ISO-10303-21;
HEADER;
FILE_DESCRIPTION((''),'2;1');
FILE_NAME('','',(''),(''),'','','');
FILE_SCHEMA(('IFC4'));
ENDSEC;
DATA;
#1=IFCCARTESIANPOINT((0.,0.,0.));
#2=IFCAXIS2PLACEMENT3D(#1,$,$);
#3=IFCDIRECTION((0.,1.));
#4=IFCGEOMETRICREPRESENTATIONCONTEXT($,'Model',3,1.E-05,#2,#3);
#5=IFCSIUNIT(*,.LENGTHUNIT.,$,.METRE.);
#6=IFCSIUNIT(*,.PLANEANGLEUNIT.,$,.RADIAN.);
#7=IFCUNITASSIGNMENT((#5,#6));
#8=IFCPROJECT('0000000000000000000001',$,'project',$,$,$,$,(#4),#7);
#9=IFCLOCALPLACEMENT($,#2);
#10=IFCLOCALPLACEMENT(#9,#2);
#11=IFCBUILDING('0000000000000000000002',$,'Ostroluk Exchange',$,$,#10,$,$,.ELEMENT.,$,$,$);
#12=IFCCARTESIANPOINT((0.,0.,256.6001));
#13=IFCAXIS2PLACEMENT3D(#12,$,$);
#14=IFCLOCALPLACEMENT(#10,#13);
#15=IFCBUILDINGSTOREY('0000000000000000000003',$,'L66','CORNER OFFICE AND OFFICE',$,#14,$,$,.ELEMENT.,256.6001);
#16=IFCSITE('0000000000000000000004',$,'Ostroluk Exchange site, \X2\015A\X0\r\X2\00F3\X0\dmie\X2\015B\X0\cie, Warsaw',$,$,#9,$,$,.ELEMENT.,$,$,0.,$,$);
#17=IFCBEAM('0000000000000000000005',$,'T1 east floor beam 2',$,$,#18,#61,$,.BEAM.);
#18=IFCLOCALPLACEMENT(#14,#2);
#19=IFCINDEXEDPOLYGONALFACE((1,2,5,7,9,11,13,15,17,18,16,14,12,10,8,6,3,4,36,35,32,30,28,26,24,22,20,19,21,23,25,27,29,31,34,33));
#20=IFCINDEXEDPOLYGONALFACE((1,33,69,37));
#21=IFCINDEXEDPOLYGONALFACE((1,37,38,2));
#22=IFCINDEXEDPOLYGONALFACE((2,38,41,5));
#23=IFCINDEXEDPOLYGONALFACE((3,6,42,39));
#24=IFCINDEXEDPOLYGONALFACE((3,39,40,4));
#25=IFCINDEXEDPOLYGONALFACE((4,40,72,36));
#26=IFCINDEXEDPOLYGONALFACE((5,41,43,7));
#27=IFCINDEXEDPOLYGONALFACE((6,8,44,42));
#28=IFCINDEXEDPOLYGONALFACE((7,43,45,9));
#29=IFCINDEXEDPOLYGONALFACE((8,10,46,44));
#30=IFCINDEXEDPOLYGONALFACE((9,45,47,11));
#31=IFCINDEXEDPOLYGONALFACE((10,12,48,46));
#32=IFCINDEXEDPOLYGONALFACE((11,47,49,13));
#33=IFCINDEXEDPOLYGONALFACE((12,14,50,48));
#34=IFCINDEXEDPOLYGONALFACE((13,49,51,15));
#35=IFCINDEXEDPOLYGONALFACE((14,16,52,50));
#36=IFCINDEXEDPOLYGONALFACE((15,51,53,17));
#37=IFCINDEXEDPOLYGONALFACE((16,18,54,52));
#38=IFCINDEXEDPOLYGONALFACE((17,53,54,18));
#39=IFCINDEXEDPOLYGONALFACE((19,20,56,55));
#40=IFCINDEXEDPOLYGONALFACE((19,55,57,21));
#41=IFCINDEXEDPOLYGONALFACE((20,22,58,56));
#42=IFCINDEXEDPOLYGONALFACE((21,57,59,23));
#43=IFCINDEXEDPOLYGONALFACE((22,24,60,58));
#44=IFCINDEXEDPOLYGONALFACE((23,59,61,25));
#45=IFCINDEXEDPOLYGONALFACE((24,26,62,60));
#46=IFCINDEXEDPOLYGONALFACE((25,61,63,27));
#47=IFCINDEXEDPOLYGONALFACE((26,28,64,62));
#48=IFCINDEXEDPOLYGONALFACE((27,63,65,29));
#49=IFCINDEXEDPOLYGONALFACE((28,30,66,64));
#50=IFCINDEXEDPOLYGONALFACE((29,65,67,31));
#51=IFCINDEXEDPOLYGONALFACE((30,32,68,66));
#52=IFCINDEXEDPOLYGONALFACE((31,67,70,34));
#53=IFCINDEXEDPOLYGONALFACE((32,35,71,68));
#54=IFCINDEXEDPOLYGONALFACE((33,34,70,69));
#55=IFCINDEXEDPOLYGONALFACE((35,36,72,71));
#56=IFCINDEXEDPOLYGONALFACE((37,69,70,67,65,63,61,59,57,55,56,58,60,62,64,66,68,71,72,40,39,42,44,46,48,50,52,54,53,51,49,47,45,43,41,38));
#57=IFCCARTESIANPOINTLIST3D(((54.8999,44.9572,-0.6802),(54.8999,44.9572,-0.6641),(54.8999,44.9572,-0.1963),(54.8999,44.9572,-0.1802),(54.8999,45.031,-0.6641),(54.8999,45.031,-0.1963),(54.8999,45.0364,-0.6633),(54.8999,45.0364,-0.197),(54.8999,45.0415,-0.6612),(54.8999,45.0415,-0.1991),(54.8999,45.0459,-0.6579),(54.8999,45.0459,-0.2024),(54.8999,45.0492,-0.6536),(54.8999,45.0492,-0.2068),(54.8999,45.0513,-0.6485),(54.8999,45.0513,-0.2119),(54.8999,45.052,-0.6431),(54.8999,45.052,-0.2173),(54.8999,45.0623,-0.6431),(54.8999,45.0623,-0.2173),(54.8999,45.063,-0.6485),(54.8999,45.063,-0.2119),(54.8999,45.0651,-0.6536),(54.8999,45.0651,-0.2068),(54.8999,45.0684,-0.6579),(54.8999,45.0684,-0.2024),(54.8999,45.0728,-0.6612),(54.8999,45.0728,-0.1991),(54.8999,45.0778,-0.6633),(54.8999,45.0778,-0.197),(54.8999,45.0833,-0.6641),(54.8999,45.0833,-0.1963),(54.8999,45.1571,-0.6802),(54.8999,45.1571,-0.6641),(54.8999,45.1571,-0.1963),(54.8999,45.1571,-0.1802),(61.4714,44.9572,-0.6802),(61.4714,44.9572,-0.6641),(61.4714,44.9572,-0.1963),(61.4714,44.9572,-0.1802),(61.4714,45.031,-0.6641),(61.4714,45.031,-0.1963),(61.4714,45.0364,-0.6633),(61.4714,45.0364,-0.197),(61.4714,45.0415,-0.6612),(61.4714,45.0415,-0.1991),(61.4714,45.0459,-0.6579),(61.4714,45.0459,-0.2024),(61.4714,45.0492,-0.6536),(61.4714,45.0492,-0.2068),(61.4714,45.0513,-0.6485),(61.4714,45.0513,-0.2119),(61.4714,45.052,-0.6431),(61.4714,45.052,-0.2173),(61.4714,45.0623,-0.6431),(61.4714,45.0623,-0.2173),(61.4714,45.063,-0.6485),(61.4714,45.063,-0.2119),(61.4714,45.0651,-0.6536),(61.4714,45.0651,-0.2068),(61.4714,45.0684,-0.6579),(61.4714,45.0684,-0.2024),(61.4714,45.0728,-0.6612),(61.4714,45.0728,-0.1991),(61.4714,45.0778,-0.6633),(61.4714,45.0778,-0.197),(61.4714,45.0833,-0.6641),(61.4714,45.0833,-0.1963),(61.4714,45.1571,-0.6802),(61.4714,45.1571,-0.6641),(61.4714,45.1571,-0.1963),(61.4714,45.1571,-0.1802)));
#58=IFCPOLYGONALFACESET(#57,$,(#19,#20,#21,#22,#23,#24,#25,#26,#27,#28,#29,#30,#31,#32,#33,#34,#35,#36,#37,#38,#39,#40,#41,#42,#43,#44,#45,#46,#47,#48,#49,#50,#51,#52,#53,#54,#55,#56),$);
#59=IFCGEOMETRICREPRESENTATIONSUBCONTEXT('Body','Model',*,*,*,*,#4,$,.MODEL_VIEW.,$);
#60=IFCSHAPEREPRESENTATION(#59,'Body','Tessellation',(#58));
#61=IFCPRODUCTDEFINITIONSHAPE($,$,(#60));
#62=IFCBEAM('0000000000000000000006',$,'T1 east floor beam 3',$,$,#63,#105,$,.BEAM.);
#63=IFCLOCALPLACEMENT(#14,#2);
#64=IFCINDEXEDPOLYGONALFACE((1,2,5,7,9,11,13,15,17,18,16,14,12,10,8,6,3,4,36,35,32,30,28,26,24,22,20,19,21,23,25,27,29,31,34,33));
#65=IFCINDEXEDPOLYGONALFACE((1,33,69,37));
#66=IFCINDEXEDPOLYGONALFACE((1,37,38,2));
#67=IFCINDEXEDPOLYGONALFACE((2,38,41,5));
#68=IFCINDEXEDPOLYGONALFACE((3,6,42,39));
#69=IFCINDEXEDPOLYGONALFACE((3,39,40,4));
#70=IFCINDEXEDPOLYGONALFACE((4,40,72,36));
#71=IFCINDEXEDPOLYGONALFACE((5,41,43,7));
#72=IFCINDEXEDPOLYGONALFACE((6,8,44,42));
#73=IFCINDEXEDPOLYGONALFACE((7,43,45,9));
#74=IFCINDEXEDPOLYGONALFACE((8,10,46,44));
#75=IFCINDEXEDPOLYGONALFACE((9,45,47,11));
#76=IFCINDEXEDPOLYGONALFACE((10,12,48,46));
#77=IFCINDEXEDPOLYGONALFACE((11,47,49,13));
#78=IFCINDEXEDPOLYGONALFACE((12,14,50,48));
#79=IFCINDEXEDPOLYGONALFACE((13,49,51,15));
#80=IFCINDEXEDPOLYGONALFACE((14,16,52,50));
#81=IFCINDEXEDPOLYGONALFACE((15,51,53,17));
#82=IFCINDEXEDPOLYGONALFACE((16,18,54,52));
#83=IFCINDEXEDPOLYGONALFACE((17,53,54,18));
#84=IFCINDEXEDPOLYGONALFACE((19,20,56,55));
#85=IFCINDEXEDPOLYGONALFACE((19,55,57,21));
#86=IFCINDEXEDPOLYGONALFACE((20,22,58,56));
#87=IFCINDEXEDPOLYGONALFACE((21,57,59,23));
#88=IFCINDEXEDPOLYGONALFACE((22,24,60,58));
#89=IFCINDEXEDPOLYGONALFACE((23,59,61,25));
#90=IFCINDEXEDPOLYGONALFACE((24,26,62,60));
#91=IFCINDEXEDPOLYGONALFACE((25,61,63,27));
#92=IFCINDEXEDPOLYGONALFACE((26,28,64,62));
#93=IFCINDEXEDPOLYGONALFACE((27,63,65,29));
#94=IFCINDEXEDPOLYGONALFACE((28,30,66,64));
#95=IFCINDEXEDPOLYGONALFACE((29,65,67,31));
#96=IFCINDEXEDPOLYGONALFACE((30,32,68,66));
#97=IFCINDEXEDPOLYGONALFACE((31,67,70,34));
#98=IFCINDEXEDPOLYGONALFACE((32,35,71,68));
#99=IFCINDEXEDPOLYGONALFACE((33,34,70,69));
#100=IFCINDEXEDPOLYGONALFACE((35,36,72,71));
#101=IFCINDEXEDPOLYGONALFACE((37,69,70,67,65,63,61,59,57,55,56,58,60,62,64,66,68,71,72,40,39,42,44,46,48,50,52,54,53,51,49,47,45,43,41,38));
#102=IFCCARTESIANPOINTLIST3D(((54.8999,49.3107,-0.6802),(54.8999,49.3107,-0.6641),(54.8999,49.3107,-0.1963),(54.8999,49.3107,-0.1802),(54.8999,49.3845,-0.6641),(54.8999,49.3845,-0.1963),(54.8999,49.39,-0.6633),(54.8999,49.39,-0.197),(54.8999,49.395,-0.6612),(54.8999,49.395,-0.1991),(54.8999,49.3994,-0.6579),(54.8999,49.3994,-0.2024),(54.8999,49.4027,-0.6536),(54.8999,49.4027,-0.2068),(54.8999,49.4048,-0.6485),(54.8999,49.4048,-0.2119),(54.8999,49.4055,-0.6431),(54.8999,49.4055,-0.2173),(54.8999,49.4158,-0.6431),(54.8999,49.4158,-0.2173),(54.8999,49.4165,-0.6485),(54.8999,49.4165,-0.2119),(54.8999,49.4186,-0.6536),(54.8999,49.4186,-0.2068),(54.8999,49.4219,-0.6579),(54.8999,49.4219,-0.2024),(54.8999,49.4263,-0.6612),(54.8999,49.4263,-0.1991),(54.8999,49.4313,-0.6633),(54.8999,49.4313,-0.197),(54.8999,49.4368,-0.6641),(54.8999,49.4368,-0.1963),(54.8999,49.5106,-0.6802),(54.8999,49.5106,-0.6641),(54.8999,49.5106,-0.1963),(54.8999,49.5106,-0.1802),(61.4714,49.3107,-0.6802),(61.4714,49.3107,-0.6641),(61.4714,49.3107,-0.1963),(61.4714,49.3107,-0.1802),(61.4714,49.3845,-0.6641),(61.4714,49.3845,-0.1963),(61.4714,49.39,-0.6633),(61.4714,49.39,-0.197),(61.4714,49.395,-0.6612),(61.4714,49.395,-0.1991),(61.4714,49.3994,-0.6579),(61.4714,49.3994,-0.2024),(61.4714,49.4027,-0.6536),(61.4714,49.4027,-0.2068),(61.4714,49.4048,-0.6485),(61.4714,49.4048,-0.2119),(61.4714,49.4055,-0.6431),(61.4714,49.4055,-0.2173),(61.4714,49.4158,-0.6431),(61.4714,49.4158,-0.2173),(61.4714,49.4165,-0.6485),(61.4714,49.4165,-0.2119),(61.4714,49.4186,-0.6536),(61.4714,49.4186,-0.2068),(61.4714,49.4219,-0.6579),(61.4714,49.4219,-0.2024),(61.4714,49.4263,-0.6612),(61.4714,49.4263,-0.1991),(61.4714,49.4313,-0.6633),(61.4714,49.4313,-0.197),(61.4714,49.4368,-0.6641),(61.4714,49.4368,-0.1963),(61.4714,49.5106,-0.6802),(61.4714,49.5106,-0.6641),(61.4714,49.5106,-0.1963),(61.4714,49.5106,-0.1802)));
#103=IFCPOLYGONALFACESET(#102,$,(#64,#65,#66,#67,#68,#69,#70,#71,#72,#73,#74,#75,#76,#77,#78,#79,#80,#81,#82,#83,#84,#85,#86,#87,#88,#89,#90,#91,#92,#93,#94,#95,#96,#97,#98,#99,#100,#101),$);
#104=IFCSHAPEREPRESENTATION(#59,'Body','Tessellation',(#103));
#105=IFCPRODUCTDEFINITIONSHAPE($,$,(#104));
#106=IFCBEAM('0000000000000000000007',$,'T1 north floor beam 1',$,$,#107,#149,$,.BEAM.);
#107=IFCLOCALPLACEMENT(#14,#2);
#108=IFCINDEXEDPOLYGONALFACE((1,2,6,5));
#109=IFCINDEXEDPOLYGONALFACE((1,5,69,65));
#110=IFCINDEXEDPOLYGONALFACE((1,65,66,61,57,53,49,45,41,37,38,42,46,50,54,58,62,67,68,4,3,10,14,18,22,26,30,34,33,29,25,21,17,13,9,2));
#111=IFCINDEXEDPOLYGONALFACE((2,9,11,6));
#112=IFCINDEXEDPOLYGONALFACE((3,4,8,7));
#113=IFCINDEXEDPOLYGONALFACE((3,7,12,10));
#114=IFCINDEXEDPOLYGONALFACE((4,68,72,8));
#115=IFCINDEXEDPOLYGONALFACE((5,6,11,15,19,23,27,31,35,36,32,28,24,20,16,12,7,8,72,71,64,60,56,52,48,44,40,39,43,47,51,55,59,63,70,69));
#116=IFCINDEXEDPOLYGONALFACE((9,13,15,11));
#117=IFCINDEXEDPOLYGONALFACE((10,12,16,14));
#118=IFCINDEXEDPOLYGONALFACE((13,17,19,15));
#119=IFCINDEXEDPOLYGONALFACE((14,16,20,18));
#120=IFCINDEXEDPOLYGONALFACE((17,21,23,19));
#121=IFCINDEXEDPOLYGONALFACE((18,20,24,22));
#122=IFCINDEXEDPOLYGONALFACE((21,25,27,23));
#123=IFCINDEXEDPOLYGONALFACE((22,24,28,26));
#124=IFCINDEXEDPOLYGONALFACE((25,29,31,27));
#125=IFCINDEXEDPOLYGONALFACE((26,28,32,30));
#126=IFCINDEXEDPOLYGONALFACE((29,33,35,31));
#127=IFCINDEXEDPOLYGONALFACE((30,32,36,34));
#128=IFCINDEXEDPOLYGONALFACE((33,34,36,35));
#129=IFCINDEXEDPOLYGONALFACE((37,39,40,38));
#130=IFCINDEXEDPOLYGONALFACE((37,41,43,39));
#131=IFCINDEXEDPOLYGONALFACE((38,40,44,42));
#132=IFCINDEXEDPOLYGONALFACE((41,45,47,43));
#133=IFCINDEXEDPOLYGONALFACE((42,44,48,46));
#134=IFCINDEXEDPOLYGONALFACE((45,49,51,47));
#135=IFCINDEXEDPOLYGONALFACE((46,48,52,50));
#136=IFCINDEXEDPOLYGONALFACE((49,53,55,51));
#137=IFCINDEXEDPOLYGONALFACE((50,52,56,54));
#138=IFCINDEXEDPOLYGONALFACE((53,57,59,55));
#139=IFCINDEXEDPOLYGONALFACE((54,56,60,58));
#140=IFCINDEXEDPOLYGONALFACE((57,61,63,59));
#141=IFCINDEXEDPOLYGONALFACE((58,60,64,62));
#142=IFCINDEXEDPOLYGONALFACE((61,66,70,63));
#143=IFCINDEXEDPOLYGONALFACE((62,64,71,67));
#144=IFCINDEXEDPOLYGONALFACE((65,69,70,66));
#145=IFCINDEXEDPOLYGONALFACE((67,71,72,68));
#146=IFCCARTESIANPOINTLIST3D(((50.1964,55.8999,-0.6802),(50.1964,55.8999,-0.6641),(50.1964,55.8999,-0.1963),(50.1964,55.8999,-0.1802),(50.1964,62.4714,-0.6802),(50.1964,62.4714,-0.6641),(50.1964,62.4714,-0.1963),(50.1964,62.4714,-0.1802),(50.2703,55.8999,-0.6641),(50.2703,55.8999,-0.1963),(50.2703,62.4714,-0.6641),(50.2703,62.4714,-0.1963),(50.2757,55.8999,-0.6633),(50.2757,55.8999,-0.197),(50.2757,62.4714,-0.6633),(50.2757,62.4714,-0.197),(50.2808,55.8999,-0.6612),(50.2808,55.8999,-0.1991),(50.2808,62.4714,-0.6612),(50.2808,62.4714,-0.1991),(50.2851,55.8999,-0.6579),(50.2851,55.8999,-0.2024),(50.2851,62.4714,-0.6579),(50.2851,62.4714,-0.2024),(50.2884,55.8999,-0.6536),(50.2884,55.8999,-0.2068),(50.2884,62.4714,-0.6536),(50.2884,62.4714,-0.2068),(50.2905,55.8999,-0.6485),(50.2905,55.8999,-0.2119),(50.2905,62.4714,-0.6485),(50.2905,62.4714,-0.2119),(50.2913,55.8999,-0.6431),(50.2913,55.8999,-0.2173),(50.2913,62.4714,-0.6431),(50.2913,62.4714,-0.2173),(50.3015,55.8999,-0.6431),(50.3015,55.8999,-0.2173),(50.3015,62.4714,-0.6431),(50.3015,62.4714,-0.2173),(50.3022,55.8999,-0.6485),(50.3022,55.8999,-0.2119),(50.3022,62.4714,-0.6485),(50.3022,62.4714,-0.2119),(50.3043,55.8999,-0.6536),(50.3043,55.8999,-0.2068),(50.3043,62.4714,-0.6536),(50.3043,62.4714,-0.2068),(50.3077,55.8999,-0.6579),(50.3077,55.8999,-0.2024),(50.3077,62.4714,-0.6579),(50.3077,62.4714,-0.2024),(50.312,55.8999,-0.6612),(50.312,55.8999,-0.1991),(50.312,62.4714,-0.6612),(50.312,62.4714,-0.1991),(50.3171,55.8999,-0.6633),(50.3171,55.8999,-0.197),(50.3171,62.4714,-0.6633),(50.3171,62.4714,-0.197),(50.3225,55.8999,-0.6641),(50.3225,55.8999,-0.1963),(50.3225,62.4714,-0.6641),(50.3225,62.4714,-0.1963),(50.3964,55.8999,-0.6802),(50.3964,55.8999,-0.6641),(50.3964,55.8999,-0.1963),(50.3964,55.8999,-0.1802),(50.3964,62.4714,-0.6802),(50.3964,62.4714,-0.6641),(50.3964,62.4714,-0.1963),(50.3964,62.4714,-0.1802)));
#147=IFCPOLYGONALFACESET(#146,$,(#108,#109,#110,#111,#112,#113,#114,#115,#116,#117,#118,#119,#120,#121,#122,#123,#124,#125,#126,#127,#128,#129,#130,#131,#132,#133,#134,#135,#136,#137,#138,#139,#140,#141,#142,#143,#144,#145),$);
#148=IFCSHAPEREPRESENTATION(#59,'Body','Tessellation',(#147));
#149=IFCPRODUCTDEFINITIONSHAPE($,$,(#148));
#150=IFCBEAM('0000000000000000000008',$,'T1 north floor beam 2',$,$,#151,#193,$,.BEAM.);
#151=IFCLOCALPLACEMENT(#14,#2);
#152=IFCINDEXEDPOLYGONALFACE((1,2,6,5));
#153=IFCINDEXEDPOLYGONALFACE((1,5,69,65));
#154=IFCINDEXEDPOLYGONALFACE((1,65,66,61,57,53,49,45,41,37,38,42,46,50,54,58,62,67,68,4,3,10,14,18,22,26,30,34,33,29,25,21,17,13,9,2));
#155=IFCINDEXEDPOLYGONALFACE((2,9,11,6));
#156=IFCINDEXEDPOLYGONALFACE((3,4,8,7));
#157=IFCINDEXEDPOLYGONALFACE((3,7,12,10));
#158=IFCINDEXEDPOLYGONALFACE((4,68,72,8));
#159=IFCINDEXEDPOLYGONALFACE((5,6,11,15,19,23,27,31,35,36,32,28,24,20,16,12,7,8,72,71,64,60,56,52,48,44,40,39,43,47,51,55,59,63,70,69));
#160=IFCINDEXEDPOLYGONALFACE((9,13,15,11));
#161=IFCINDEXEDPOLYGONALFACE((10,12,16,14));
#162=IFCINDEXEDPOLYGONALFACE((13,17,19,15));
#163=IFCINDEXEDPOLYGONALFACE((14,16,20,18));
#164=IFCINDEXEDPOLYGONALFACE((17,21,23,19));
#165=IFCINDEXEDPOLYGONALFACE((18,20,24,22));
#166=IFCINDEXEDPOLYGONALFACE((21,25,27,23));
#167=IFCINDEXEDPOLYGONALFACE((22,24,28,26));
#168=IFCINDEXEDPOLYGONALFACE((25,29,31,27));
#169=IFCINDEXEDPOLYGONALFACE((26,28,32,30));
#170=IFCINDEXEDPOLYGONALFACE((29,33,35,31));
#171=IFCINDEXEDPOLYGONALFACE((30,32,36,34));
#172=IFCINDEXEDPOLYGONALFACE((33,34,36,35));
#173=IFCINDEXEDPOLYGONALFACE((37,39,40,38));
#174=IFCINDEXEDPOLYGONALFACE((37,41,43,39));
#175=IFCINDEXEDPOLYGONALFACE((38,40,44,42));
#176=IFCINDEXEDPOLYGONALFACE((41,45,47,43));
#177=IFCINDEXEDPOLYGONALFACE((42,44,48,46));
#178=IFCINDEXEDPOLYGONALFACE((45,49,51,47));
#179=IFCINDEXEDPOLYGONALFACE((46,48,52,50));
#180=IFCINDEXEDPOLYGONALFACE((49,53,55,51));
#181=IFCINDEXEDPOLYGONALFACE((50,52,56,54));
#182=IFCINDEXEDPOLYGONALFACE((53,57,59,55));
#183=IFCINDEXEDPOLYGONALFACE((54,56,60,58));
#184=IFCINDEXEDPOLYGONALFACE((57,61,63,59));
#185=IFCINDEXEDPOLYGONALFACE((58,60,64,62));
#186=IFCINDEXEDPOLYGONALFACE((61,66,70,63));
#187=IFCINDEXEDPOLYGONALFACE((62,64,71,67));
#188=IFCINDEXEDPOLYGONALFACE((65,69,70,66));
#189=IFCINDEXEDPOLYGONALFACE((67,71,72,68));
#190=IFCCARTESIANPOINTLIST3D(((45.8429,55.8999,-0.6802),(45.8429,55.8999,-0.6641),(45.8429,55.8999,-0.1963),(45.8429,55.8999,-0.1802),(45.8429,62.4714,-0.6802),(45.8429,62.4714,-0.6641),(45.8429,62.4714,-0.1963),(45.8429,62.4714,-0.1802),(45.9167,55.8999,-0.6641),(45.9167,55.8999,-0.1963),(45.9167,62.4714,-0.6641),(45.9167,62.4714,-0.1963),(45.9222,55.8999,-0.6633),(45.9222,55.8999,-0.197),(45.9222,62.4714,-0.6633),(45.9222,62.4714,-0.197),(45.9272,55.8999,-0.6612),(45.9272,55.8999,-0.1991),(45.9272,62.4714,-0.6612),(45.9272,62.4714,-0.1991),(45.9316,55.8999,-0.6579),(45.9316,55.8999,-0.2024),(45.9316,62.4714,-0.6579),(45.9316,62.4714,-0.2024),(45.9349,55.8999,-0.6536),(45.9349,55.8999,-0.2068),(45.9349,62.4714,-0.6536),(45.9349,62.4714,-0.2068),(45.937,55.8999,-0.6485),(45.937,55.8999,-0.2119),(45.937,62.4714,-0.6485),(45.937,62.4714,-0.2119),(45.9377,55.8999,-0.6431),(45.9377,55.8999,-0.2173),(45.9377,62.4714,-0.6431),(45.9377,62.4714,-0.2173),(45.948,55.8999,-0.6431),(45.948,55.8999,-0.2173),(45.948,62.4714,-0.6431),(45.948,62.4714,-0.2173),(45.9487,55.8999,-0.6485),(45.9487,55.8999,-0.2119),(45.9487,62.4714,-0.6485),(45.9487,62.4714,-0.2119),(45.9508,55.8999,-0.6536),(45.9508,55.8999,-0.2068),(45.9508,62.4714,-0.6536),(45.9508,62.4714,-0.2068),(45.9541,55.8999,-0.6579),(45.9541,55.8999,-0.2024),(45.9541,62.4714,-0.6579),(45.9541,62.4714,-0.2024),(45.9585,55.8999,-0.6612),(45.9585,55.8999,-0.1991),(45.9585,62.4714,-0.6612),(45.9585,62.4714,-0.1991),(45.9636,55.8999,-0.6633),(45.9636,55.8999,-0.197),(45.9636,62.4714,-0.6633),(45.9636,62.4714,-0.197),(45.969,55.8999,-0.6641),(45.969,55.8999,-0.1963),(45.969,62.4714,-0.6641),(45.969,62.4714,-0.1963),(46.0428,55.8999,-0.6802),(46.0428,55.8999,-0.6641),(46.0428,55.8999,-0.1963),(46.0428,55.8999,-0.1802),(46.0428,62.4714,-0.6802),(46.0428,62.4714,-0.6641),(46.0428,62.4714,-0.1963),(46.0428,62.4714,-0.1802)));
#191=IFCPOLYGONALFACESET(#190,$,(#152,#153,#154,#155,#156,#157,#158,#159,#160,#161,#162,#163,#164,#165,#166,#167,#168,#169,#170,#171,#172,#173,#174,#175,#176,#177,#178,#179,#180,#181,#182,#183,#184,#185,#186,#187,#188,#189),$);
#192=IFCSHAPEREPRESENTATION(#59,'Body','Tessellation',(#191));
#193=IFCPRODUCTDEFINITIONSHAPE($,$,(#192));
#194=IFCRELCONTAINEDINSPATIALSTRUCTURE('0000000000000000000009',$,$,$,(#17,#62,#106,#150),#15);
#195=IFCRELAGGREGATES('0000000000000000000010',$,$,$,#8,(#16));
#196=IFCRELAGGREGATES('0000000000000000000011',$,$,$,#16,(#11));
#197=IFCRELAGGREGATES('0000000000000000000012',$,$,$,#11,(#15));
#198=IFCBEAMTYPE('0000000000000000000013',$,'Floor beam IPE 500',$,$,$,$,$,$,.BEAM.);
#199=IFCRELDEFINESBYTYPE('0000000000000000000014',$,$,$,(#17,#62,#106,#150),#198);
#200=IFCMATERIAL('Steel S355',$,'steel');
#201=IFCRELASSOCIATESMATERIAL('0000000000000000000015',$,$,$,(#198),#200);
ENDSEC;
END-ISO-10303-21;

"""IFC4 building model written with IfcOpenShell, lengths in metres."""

from ifc_helpers import new_model, si_unit, direction, frame, origin, origin_2d, place, context, subcontext, project, spatial, i_section, extrude, material, material_profile, profile_set, type_object, element, save


model = new_model("IFC4")

# Units and contexts
model_context = context("Model", 3, precision=1e-05, world=origin(), true_north=direction((0.0, 1.0)))
body_context = subcontext(model_context, "Body", "Model", "MODEL_VIEW")
ifc_project = project(units=[si_unit("LENGTHUNIT", "METRE"), si_unit("PLANEANGLEUNIT", "RADIAN")], contexts=[model_context])

# Site, building, storey
site_placement = place(None, origin())
site = spatial("IfcSite", under=ifc_project, at=site_placement, Name="Ostroluk Exchange site, Śródmieście, Warsaw", CompositionType="ELEMENT", RefElevation=0.0)
building_placement = place(site_placement, origin())
building = spatial("IfcBuilding", under=site, at=building_placement, Name="Ostroluk Exchange", CompositionType="ELEMENT")
storey_placement = place(building_placement, frame((0.0, 0.0, 256.6001)))
storey = spatial("IfcBuildingStorey", under=building, at=storey_placement, Name="L66", Description="CORNER OFFICE AND OFFICE", CompositionType="ELEMENT", Elevation=256.6001)

# Beams
ifc_material_1 = material(Name="Steel S355", Category="steel")
ifc_material_profile_1 = material_profile(ifc_material_1, i_section(OverallWidth=0.2, OverallDepth=0.5, WebThickness=0.0103, FlangeThickness=0.0161, FilletRadius=0.021, at=origin_2d()), Name="IPE 500")
ifc_profile_set_1 = profile_set([ifc_material_profile_1], Name="Steel S355")
beam_type_1 = type_object("IfcBeamType", Name="Floor beam IPE 500", PredefinedType="BEAM", material=ifc_profile_set_1)
for number, where, z_axis, x_axis, name in (
    (1, (54.8999, 45.0571, -0.4302), (1.0, 0.0, 0.0), (0.0, 1.0, 0.0), "T1 east floor beam 2"),
    (2, (54.8999, 49.4106, -0.4302), (1.0, 0.0, 0.0), (0.0, 1.0, 0.0), "T1 east floor beam 3"),
    (3, (50.2964, 55.8999, -0.4302), (0.0, 1.0, 0.0), (-1.0, 0.0, 0.0), "T1 north floor beam 1"),
    (4, (45.9429, 55.8999, -0.4302), (0.0, 1.0, 0.0), (-1.0, 0.0, 0.0), "T1 north floor beam 2"),
):
    element("IfcBeam", number, at=place(storey_placement, frame(where, z_axis=z_axis, x_axis=x_axis)), inside=storey, type_object=beam_type_1, Name=name, PredefinedType="BEAM", context=body_context, shape_type="SweptSolid", body=[
        extrude(i_section(OverallWidth=0.2, OverallDepth=0.5, WebThickness=0.0103, FlangeThickness=0.0161, FilletRadius=0.021, at=origin_2d()), origin(), (0.0, 0.0, 1.0), 6.5715),
    ])

save(model, "model.ifc")
